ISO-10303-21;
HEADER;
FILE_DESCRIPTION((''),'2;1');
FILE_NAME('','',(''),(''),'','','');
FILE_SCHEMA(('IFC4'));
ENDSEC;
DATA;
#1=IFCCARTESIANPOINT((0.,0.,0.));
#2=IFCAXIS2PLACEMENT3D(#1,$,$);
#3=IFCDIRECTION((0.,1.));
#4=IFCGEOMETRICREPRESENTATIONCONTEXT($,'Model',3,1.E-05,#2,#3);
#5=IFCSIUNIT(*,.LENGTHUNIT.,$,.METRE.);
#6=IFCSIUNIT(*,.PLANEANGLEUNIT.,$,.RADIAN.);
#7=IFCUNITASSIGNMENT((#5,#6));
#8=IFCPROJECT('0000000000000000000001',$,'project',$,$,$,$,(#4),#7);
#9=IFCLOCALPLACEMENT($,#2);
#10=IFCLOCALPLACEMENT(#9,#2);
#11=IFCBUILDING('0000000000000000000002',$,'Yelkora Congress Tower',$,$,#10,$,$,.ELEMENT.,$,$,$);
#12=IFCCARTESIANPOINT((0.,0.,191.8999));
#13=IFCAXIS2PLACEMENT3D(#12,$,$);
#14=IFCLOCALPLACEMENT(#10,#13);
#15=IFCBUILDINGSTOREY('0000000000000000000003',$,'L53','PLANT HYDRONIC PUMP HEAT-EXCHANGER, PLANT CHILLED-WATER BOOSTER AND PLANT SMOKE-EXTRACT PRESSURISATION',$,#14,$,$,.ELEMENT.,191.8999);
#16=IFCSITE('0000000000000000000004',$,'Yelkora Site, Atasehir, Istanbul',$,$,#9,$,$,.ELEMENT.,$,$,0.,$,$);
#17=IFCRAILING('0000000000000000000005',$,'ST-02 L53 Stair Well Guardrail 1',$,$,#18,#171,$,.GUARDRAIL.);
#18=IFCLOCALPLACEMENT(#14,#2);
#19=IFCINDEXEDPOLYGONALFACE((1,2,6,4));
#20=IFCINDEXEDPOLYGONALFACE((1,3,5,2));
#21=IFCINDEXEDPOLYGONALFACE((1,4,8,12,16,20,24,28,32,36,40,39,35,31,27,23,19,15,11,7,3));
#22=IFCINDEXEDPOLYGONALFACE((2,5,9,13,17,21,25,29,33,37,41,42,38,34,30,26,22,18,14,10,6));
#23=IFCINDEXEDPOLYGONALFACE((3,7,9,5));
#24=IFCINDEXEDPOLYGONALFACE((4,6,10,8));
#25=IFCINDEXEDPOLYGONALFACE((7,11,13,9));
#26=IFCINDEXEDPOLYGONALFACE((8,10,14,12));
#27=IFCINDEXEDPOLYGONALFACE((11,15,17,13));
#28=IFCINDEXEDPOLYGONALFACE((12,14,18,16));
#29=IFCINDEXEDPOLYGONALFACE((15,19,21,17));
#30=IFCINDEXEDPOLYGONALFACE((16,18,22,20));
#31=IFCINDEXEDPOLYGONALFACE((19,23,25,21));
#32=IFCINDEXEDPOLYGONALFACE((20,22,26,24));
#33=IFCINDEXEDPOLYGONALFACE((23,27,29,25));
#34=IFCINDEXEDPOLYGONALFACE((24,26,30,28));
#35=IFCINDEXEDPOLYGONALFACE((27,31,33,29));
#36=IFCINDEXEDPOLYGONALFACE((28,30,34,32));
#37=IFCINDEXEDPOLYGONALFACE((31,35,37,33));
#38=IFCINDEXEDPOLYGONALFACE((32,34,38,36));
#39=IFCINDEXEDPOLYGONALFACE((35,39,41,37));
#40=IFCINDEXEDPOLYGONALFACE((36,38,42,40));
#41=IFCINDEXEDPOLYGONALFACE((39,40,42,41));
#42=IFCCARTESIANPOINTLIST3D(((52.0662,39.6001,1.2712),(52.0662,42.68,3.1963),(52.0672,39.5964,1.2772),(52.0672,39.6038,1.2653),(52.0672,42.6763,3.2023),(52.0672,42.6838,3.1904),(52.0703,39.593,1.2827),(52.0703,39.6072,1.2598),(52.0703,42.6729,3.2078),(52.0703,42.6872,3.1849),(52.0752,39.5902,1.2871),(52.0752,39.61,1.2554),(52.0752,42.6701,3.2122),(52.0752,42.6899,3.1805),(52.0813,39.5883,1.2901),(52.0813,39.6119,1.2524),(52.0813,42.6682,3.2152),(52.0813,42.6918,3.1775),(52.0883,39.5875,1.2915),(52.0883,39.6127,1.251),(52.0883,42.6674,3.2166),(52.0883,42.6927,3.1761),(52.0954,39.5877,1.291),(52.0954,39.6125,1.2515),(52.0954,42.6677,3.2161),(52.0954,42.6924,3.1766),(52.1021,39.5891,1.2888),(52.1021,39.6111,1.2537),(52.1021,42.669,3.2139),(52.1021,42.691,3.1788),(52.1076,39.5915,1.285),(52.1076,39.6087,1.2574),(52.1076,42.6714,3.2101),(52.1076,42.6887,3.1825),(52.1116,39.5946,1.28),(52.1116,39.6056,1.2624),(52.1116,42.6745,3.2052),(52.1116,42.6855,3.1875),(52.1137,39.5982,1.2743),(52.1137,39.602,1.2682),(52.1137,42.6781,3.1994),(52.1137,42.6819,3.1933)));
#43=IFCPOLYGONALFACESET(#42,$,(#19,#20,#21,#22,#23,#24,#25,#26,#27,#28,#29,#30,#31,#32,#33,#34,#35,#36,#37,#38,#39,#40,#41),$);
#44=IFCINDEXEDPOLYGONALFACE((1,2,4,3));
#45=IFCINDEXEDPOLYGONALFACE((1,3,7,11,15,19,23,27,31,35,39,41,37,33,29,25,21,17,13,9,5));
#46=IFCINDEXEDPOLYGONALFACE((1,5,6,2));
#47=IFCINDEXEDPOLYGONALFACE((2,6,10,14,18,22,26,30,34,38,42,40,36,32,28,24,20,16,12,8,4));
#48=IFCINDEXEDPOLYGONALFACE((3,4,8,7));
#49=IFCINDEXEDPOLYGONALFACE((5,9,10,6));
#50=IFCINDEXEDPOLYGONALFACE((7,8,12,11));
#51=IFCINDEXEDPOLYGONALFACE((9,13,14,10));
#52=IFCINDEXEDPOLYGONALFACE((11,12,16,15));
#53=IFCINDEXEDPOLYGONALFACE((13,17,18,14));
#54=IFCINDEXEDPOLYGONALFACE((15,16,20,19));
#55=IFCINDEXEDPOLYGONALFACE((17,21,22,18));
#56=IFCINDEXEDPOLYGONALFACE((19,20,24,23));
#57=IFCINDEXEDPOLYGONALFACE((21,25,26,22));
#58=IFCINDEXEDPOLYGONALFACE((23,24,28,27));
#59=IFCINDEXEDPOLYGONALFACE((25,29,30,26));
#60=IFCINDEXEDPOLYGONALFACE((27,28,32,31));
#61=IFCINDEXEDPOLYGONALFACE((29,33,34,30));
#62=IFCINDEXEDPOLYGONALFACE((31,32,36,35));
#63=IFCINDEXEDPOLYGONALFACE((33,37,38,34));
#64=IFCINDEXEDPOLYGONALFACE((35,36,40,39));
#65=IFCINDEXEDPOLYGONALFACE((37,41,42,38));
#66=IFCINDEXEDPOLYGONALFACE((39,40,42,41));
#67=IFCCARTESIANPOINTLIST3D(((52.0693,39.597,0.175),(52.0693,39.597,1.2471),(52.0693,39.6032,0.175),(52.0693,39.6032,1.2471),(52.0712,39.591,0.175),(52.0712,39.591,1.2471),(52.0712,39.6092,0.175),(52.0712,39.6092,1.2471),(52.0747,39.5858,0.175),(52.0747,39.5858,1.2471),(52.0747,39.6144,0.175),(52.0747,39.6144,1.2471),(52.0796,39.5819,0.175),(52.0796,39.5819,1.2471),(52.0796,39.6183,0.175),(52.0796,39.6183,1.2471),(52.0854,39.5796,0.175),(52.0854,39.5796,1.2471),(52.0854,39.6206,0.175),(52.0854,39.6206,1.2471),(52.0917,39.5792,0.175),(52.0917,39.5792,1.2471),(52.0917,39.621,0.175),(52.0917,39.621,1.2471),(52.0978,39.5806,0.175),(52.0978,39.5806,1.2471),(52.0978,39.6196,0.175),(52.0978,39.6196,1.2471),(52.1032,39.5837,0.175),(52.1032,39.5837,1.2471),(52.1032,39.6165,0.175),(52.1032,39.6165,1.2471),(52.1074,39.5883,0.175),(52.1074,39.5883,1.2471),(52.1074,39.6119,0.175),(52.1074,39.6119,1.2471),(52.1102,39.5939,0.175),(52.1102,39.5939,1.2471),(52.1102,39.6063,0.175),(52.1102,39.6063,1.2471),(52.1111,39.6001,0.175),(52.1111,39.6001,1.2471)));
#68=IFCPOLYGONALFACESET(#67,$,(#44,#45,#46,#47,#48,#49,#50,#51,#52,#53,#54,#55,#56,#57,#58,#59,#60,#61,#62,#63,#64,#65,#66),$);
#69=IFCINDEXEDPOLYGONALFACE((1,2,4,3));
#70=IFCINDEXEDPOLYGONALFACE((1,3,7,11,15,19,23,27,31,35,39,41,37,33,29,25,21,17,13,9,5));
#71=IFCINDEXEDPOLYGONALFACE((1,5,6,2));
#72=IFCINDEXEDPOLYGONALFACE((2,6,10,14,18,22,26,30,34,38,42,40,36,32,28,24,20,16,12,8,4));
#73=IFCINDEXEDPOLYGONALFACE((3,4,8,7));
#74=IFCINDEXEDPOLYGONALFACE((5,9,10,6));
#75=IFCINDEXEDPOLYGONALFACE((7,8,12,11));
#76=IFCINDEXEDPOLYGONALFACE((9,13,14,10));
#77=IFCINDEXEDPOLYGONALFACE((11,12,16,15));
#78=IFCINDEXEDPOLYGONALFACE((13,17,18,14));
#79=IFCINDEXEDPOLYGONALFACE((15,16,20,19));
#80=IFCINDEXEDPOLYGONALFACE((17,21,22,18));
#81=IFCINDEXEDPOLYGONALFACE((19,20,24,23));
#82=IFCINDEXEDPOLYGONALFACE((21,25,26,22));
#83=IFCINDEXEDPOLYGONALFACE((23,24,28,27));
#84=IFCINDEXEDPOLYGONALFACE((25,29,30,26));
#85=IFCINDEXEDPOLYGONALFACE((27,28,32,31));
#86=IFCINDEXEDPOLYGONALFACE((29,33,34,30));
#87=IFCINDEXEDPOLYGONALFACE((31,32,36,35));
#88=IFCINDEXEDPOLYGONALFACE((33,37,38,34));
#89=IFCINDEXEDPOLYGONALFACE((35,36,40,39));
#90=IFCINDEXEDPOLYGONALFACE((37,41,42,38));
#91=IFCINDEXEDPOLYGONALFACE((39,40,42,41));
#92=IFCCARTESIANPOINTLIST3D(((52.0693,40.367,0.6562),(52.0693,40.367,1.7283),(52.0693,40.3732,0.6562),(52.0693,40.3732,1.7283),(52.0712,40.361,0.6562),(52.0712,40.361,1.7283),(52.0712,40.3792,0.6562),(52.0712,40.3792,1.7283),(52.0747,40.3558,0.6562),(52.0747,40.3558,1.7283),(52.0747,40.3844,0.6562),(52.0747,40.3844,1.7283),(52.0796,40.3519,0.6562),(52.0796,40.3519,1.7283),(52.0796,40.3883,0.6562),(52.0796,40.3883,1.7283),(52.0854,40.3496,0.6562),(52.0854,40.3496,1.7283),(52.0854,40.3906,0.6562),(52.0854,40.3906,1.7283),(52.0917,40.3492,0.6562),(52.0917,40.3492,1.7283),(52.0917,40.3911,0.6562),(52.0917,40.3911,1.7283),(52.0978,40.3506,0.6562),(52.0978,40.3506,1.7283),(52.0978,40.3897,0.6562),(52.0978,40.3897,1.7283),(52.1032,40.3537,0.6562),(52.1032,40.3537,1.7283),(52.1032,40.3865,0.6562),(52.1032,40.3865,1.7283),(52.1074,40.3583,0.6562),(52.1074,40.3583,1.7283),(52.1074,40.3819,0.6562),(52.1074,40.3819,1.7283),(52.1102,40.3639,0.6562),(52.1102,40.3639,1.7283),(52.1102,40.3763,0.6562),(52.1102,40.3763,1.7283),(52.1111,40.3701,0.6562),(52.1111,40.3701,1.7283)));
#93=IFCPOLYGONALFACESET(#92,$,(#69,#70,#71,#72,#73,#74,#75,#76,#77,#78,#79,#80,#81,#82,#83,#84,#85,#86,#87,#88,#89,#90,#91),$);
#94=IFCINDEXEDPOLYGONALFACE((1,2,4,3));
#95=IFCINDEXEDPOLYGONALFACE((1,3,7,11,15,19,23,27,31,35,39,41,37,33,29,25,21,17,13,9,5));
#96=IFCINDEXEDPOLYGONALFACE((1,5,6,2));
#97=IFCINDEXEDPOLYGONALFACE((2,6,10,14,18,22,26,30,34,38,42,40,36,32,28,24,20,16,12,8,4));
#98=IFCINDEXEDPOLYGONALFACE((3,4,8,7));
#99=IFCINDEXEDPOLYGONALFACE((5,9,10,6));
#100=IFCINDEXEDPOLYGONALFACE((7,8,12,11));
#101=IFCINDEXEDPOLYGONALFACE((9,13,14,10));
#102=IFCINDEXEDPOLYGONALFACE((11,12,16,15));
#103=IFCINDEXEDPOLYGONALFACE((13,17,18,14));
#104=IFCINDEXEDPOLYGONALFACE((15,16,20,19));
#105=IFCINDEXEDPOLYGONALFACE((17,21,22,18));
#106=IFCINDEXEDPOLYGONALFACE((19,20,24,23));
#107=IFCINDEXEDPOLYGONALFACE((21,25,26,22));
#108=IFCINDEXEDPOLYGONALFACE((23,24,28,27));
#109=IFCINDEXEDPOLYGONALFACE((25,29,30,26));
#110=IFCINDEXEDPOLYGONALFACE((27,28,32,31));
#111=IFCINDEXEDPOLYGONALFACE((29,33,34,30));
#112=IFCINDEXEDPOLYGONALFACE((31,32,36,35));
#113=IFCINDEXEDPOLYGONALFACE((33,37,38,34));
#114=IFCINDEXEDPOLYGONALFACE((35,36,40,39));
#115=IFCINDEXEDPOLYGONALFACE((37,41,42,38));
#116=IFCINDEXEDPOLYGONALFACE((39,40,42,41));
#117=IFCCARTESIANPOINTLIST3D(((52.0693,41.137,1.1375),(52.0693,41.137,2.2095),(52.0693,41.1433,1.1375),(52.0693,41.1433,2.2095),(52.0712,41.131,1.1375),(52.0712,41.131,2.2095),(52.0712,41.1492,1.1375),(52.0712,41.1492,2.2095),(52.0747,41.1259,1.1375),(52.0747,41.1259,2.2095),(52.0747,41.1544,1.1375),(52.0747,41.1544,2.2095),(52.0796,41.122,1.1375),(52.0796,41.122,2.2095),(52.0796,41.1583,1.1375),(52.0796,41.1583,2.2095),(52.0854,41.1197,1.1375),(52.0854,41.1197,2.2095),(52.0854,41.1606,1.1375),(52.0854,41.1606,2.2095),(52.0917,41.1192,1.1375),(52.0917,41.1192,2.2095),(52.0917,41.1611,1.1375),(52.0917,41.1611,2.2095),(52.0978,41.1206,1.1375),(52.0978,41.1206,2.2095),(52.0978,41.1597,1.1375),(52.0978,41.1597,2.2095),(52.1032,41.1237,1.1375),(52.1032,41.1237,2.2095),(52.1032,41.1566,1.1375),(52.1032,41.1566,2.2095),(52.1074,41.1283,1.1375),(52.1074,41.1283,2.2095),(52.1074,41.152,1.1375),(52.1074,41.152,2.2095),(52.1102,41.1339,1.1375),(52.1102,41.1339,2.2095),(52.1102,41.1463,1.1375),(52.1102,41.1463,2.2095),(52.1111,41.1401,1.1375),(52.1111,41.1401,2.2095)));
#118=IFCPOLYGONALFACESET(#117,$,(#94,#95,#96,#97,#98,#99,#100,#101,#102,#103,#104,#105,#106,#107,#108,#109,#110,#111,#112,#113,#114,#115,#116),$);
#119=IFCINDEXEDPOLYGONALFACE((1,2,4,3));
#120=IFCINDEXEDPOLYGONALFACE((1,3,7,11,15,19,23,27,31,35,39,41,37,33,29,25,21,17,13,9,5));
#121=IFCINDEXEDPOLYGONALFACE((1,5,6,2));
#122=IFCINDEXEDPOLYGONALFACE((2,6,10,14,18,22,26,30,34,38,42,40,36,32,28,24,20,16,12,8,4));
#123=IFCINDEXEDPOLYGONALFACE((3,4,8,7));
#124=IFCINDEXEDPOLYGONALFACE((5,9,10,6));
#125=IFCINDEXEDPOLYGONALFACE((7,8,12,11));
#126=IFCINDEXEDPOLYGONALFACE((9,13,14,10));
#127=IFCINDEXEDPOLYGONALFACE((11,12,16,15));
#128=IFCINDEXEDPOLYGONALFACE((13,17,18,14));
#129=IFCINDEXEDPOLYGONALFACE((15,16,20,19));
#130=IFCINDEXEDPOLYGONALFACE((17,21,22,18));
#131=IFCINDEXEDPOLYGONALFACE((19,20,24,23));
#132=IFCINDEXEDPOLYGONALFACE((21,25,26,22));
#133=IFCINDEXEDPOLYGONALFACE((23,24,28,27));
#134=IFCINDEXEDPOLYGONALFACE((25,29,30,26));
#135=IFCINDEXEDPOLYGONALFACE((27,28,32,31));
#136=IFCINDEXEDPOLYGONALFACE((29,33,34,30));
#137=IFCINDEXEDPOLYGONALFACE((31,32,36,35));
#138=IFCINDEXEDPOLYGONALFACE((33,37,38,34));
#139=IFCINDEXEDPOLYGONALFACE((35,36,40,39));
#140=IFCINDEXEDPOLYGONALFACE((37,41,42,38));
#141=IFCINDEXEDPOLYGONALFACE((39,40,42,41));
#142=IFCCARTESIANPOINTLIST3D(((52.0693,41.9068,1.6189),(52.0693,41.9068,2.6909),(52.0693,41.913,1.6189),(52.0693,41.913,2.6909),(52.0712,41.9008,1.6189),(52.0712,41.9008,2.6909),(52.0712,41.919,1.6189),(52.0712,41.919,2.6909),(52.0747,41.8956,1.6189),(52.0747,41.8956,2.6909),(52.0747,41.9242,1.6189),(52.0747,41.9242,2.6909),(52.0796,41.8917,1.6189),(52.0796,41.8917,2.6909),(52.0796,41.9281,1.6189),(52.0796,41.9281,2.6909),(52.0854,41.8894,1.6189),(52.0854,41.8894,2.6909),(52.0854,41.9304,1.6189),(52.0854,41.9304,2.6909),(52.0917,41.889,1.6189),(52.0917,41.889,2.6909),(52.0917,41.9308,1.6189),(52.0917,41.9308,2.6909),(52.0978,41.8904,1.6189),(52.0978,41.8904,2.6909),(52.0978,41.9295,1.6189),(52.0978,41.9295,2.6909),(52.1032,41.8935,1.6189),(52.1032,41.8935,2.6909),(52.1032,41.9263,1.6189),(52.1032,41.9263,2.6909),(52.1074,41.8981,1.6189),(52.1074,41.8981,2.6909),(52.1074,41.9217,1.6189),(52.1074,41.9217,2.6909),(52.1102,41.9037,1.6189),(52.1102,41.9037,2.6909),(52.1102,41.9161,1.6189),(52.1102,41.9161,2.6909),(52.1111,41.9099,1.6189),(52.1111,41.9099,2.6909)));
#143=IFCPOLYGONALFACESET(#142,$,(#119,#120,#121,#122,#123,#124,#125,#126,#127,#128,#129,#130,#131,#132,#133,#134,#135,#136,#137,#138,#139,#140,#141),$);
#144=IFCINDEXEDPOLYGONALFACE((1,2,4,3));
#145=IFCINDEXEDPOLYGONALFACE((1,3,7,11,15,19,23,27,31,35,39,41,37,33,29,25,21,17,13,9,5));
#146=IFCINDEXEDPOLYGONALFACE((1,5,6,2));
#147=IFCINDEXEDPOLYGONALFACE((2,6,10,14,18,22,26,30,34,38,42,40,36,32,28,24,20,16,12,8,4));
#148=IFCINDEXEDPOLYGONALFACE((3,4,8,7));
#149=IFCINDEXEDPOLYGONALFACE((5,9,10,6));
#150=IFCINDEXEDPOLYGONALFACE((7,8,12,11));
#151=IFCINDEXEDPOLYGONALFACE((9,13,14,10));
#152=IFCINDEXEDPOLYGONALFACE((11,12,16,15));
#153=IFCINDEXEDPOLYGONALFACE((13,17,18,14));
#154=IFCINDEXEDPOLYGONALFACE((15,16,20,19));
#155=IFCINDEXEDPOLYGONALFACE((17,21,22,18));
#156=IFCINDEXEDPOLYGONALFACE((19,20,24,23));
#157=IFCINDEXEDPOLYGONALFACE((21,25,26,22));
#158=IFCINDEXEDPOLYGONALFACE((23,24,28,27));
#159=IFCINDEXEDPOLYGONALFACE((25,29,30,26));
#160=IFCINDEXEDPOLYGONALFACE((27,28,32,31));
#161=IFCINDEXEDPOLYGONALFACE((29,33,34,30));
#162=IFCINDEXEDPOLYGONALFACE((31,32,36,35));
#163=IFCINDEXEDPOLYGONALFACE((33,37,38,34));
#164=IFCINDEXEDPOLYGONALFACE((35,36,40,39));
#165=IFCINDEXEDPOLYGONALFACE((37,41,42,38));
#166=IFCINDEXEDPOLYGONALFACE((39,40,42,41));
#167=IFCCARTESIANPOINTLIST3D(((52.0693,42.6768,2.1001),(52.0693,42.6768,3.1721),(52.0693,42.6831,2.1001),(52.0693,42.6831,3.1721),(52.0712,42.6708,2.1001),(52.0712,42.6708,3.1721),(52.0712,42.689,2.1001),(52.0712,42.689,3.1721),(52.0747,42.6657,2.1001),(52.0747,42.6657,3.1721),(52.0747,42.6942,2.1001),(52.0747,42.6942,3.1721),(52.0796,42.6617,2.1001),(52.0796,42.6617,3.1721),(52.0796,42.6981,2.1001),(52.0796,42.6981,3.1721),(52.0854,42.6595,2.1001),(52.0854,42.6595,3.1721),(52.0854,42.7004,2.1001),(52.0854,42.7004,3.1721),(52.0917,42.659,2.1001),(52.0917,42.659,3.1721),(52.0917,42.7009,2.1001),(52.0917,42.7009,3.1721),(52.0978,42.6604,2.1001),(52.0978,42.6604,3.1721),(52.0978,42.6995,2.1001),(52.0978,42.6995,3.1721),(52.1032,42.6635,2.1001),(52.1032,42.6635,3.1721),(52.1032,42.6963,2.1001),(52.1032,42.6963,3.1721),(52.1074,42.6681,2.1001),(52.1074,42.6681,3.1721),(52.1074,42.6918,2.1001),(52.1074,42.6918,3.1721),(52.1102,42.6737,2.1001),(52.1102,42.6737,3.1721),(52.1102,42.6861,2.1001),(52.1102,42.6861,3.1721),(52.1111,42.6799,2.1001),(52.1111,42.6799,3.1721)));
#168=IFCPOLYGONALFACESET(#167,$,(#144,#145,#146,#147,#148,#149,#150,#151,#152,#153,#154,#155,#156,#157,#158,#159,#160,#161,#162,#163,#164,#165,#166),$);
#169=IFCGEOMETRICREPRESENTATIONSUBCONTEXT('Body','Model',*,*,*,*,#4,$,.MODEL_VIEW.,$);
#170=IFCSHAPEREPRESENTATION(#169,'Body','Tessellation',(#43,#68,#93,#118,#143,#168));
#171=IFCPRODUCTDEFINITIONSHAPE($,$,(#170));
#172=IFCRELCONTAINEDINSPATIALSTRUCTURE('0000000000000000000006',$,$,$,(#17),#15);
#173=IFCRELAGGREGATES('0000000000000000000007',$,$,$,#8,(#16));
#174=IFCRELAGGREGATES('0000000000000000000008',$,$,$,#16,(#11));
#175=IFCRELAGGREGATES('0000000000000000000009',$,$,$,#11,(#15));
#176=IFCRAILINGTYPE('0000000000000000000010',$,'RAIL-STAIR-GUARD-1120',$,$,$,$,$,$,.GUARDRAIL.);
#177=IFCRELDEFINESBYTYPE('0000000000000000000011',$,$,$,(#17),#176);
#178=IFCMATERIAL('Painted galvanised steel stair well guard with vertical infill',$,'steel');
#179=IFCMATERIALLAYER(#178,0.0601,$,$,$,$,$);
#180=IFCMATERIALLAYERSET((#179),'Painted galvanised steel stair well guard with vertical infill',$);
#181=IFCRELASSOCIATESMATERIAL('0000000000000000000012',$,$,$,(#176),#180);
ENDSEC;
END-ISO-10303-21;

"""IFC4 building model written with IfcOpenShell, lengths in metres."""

from ifc_helpers import new_model, si_unit, direction, frame, origin, origin_2d, place, context, subcontext, project, spatial, circle, extrude, material, layer, layer_set, type_object, element, save


model = new_model("IFC4")

# Units and contexts
model_context = context("Model", 3, precision=1e-05, world=origin(), true_north=direction((0.0, 1.0)))
body_context = subcontext(model_context, "Body", "Model", "MODEL_VIEW")
ifc_project = project(units=[si_unit("LENGTHUNIT", "METRE"), si_unit("PLANEANGLEUNIT", "RADIAN")], contexts=[model_context])

# Site, building, storey
site_placement = place(None, origin())
site = spatial("IfcSite", under=ifc_project, at=site_placement, Name="Yelkora Site, Atasehir, Istanbul", CompositionType="ELEMENT", RefElevation=0.0)
building_placement = place(site_placement, origin())
building = spatial("IfcBuilding", under=site, at=building_placement, Name="Yelkora Congress Tower", CompositionType="ELEMENT")
storey_placement = place(building_placement, frame((0.0, 0.0, 191.8999)))
storey = spatial("IfcBuildingStorey", under=building, at=storey_placement, Name="L53", Description="PLANT HYDRONIC PUMP HEAT-EXCHANGER, PLANT CHILLED-WATER BOOSTER AND PLANT SMOKE-EXTRACT PRESSURISATION", CompositionType="ELEMENT", Elevation=191.8999)

# Railing
ifc_material_1 = material(Name="Painted galvanised steel stair well guard with vertical infill", Category="steel")
ifc_layer_1 = layer(ifc_material_1, 0.0601)
ifc_layer_set_1 = layer_set([ifc_layer_1], Name="Painted galvanised steel stair well guard with vertical infill")
railing_type_1 = type_object("IfcRailingType", Name="RAIL-STAIR-GUARD-1120", PredefinedType="GUARDRAIL", material=ifc_layer_set_1)
railing_1_placement = place(storey_placement, frame((52.0901, 39.6001, 0.175)))
element("IfcRailing", 1, at=railing_1_placement, inside=storey, type_object=railing_type_1, Name="ST-02 L53 Stair Well Guardrail 1", PredefinedType="GUARDRAIL", context=body_context, shape_type="SweptSolid", body=[
    extrude(circle(Radius=0.0239, at=origin_2d()), frame((0.0, 0.0, 1.0962), z_axis=(0.0, 0.847979, 0.530029), x_axis=(-1.0, 0.0, 0.0)), (0.0, 0.0, 1.0), 3.6321),
    extrude(circle(Radius=0.021, at=origin_2d()), origin(), (0.0, 0.0, 1.0), 1.072),
    extrude(circle(Radius=0.021, at=origin_2d()), frame((0.0, 0.77, 0.4812)), (0.0, 0.0, 1.0), 1.072),
    extrude(circle(Radius=0.021, at=origin_2d()), frame((0.0, 1.54, 0.9624)), (0.0, 0.0, 1.0), 1.072),
    extrude(circle(Radius=0.021, at=origin_2d()), frame((0.0, 2.3098, 1.4438)), (0.0, 0.0, 1.0), 1.072),
    extrude(circle(Radius=0.021, at=origin_2d()), frame((0.0, 3.0798, 1.925)), (0.0, 0.0, 1.0), 1.072),
])

save(model, "model.ifc")
